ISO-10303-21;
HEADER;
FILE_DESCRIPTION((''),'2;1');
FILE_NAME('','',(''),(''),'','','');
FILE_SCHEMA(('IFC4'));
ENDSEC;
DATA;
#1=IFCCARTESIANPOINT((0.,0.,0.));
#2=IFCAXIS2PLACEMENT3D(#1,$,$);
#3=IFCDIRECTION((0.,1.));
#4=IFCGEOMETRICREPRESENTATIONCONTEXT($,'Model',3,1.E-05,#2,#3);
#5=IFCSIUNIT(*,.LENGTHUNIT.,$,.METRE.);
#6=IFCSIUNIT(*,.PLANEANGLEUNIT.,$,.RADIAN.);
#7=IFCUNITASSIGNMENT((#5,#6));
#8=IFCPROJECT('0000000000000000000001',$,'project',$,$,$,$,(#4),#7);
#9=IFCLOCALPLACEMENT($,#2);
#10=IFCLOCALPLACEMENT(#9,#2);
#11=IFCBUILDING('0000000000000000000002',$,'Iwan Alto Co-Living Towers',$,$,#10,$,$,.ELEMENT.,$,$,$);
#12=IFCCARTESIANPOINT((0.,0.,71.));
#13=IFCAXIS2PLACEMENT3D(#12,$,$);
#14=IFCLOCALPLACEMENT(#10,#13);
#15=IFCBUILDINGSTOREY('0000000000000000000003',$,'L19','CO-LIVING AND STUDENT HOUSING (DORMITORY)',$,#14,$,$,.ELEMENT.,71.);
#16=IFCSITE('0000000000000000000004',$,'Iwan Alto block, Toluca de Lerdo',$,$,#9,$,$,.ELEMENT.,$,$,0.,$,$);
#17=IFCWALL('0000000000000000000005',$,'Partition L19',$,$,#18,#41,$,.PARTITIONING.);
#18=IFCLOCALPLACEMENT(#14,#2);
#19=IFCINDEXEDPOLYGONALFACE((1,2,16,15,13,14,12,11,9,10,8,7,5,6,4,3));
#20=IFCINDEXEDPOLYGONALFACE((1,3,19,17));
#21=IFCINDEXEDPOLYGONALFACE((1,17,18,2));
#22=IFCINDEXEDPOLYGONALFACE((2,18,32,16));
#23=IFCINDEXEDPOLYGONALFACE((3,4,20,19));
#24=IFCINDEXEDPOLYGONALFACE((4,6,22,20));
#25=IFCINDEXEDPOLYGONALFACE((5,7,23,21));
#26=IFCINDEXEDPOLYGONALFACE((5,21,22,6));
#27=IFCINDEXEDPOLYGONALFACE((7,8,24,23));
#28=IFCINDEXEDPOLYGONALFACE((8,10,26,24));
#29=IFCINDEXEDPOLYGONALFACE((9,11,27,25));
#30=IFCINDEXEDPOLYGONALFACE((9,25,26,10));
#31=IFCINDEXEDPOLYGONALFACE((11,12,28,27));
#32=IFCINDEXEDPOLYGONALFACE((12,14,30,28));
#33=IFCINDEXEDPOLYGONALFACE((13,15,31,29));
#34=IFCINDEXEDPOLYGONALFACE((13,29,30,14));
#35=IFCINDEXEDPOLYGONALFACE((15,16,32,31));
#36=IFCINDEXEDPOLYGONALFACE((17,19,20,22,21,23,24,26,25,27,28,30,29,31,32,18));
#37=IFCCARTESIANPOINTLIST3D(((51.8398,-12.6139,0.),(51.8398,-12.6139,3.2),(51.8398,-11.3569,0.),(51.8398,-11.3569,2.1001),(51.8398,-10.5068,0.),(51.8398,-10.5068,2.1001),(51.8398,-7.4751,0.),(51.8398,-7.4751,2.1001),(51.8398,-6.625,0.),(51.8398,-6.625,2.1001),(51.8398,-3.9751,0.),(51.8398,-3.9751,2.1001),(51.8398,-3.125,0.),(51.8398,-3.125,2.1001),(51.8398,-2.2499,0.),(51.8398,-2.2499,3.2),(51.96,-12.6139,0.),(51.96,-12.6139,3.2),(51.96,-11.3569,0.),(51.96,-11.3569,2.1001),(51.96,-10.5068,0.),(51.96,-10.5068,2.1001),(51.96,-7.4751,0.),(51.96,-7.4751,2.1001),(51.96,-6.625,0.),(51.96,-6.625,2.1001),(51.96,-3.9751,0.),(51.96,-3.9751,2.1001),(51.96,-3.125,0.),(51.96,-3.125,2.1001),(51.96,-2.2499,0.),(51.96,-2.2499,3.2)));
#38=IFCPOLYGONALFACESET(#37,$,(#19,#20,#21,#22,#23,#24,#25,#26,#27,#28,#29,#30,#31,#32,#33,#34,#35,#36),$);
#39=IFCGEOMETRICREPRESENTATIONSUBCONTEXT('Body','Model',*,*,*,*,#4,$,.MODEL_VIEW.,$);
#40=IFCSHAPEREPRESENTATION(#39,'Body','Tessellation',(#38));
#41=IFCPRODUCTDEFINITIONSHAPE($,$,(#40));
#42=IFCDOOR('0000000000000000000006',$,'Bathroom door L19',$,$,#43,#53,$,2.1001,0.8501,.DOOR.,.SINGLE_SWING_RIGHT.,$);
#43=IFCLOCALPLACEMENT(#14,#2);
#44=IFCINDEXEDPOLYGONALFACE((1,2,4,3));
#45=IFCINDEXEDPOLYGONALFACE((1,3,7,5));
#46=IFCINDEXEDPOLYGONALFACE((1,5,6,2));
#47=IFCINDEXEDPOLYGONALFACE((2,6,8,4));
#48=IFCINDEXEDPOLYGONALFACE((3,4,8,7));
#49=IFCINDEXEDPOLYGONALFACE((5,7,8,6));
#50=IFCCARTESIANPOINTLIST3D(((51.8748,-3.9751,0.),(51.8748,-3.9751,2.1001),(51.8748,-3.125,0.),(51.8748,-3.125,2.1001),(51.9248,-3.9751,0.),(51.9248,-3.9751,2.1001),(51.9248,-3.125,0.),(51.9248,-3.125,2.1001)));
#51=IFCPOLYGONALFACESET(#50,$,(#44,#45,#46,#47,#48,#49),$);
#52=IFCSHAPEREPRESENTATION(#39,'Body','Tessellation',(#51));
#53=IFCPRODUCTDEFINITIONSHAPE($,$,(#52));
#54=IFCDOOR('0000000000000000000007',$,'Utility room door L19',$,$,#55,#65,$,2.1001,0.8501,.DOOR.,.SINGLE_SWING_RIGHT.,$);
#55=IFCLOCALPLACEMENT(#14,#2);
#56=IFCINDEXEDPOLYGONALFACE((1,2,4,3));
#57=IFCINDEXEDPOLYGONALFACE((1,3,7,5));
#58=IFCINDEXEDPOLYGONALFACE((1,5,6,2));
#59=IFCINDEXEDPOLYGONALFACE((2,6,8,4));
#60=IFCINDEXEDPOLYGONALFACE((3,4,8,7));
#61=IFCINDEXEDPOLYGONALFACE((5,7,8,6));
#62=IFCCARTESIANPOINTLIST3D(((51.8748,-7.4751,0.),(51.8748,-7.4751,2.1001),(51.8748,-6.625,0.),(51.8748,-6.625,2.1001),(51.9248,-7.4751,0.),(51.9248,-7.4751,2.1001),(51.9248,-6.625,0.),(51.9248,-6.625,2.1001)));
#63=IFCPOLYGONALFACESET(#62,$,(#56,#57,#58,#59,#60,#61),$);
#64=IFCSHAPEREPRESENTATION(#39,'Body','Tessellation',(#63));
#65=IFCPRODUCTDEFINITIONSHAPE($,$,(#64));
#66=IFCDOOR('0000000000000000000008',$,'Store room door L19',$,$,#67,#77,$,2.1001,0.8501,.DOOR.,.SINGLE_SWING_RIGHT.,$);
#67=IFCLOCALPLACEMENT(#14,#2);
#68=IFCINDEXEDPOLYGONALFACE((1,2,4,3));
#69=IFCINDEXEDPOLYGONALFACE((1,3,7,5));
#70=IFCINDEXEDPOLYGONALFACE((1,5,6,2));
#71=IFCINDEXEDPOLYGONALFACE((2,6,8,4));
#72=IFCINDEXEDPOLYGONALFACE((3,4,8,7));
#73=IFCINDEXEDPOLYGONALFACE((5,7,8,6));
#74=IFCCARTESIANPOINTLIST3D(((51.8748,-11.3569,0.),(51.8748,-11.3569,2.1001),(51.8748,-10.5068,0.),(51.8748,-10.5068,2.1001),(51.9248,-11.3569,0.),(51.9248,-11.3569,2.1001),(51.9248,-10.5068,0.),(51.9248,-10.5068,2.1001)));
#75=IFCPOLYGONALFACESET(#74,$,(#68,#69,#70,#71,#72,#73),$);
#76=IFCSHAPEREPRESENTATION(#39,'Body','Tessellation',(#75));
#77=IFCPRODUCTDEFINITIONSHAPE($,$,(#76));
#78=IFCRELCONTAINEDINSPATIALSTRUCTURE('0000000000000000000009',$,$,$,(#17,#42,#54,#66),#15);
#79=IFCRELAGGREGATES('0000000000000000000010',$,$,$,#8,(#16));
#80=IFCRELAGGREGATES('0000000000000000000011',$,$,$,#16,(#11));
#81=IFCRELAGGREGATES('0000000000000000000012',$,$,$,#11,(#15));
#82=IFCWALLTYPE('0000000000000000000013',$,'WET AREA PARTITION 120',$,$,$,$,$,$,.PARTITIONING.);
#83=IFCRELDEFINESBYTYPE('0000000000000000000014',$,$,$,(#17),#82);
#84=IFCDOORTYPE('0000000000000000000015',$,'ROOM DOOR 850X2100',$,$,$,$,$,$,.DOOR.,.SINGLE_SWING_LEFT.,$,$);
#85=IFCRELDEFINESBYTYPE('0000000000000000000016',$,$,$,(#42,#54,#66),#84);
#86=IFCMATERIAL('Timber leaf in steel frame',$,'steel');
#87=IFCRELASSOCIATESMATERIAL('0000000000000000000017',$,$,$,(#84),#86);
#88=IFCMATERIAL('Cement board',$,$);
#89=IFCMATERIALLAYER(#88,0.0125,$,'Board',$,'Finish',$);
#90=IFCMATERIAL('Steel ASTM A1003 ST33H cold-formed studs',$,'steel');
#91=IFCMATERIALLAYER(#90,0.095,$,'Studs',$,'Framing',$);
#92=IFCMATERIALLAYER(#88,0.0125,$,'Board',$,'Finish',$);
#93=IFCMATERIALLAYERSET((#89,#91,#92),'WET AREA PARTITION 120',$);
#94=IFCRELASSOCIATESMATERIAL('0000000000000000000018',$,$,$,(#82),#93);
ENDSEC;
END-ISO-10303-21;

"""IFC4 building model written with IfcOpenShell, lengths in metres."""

from ifc_helpers import new_model, si_unit, direction, frame, frame_2d, origin, place, context, subcontext, project, spatial, rectangle, extrude, material, layer, layer_set, type_object, element, fill, save


model = new_model("IFC4")

# Units and contexts
model_context = context("Model", 3, precision=1e-05, world=origin(), true_north=direction((0.0, 1.0)))
body_context = subcontext(model_context, "Body", "Model", "MODEL_VIEW")
ifc_project = project(units=[si_unit("LENGTHUNIT", "METRE"), si_unit("PLANEANGLEUNIT", "RADIAN")], contexts=[model_context])

# Site, building, storey
site_placement = place(None, origin())
site = spatial("IfcSite", under=ifc_project, at=site_placement, Name="Iwan Alto block, Toluca de Lerdo", CompositionType="ELEMENT", RefElevation=0.0)
building_placement = place(site_placement, origin())
building = spatial("IfcBuilding", under=site, at=building_placement, Name="Iwan Alto Co-Living Towers", CompositionType="ELEMENT")
storey_placement = place(building_placement, frame((0.0, 0.0, 71.0)))
storey = spatial("IfcBuildingStorey", under=building, at=storey_placement, Name="L19", Description="CO-LIVING AND STUDENT HOUSING (DORMITORY)", CompositionType="ELEMENT", Elevation=71.0)

# Shared definitions
ifc_material_1 = material(Name="Steel ASTM A1003 ST33H cold-formed studs", Category="steel")

# Shared definitions
ifc_material_2 = material(Name="Timber leaf in steel frame", Category="steel")
door_type_1 = type_object("IfcDoorType", Name="ROOM DOOR 850X2100", OperationType="SINGLE_SWING_LEFT", PredefinedType="DOOR", material=ifc_material_2)

# Shared definitions
ifc_material_3 = material(Name="Cement board")
ifc_layer_1 = layer(ifc_material_3, 0.0125, Name="Board", Category="Finish")
ifc_layer_2 = layer(ifc_material_1, 0.095, Name="Studs", Category="Framing")
ifc_layer_3 = layer(ifc_material_3, 0.0125, Name="Board", Category="Finish")
ifc_layer_set_1 = layer_set([ifc_layer_1, ifc_layer_2, ifc_layer_3], Name="WET AREA PARTITION 120")
wall_type_1 = type_object("IfcWallType", Name="WET AREA PARTITION 120", PredefinedType="PARTITIONING", material=ifc_layer_set_1)

# Wall, openings, doors
wall_1_placement = place(storey_placement, frame((51.8999, -12.614, 0.0), z_axis=(0.0, 0.0, 1.0), x_axis=(0.0, 1.0, 0.0)))
wall_1 = element("IfcWall", 1, at=wall_1_placement, inside=storey, type_object=wall_type_1, Name="Partition L19", PredefinedType="PARTITIONING", context=body_context, shape_type="SweptSolid", body=[
    extrude(rectangle(XDim=10.364, YDim=0.1201, at=frame_2d((5.1821, 0.0))), origin(), (0.0, 0.0, 1.0), 3.2),
])
opening_1_placement = place(wall_1_placement, frame((8.6389, 0.0, 0.0)))
opening_1 = element("IfcOpeningElement", 2, at=opening_1_placement, cuts=wall_1, PredefinedType="OPENING", context=body_context, shape_type="SweptSolid", body=[
    extrude(rectangle(XDim=0.8501, YDim=2.1001, at=frame_2d((0.425, 1.05))), frame((0.0, 0.0701, 0.0), z_axis=(0.0, -1.0, 0.0), x_axis=(1.0, 0.0, 0.0)), (0.0, 0.0, 1.0), 0.1401),
])
opening_2_placement = place(wall_1_placement, frame((5.1389, 0.0, 0.0)))
opening_2 = element("IfcOpeningElement", 3, at=opening_2_placement, cuts=wall_1, PredefinedType="OPENING", context=body_context, shape_type="SweptSolid", body=[
    extrude(rectangle(XDim=0.8501, YDim=2.1001, at=frame_2d((0.425, 1.05))), frame((0.0, 0.0701, 0.0), z_axis=(0.0, -1.0, 0.0), x_axis=(1.0, 0.0, 0.0)), (0.0, 0.0, 1.0), 0.1401),
])
opening_3_placement = place(wall_1_placement, frame((1.2571, 0.0, 0.0)))
opening_3 = element("IfcOpeningElement", 4, at=opening_3_placement, cuts=wall_1, PredefinedType="OPENING", context=body_context, shape_type="SweptSolid", body=[
    extrude(rectangle(XDim=0.8501, YDim=2.1001, at=frame_2d((0.425, 1.05))), frame((0.0, 0.0701, 0.0), z_axis=(0.0, -1.0, 0.0), x_axis=(1.0, 0.0, 0.0)), (0.0, 0.0, 1.0), 0.1401),
])
door_1_placement = place(opening_1_placement, frame((0.8501, 0.0, 0.0), z_axis=(0.0, 0.0, 1.0), x_axis=(-1.0, 0.0, 0.0)))
door_1 = element("IfcDoor", 5, at=door_1_placement, inside=storey, type_object=door_type_1, Name="Bathroom door L19", OperationType="SINGLE_SWING_RIGHT", OverallHeight=2.1001, OverallWidth=0.8501, PredefinedType="DOOR", context=body_context, shape_type="SweptSolid", body=[
    extrude(rectangle(XDim=0.8501, YDim=2.1001, at=frame_2d((0.425, 1.05))), frame((0.0, 0.0249, 0.0), z_axis=(0.0, -1.0, 0.0), x_axis=(1.0, 0.0, 0.0)), (0.0, 0.0, 1.0), 0.05),
])
fill(opening_1, door_1)
door_2_placement = place(opening_2_placement, frame((0.8501, 0.0, 0.0), z_axis=(0.0, 0.0, 1.0), x_axis=(-1.0, 0.0, 0.0)))
door_2 = element("IfcDoor", 6, at=door_2_placement, inside=storey, type_object=door_type_1, Name="Utility room door L19", OperationType="SINGLE_SWING_RIGHT", OverallHeight=2.1001, OverallWidth=0.8501, PredefinedType="DOOR", context=body_context, shape_type="SweptSolid", body=[
    extrude(rectangle(XDim=0.8501, YDim=2.1001, at=frame_2d((0.425, 1.05))), frame((0.0, 0.0249, 0.0), z_axis=(0.0, -1.0, 0.0), x_axis=(1.0, 0.0, 0.0)), (0.0, 0.0, 1.0), 0.05),
])
fill(opening_2, door_2)
door_3_placement = place(opening_3_placement, frame((0.8501, 0.0, 0.0), z_axis=(0.0, 0.0, 1.0), x_axis=(-1.0, 0.0, 0.0)))
door_3 = element("IfcDoor", 7, at=door_3_placement, inside=storey, type_object=door_type_1, Name="Store room door L19", OperationType="SINGLE_SWING_RIGHT", OverallHeight=2.1001, OverallWidth=0.8501, PredefinedType="DOOR", context=body_context, shape_type="SweptSolid", body=[
    extrude(rectangle(XDim=0.8501, YDim=2.1001, at=frame_2d((0.425, 1.05))), frame((0.0, 0.0249, 0.0), z_axis=(0.0, -1.0, 0.0), x_axis=(1.0, 0.0, 0.0)), (0.0, 0.0, 1.0), 0.05),
])
fill(opening_3, door_3)

save(model, "model.ifc")
